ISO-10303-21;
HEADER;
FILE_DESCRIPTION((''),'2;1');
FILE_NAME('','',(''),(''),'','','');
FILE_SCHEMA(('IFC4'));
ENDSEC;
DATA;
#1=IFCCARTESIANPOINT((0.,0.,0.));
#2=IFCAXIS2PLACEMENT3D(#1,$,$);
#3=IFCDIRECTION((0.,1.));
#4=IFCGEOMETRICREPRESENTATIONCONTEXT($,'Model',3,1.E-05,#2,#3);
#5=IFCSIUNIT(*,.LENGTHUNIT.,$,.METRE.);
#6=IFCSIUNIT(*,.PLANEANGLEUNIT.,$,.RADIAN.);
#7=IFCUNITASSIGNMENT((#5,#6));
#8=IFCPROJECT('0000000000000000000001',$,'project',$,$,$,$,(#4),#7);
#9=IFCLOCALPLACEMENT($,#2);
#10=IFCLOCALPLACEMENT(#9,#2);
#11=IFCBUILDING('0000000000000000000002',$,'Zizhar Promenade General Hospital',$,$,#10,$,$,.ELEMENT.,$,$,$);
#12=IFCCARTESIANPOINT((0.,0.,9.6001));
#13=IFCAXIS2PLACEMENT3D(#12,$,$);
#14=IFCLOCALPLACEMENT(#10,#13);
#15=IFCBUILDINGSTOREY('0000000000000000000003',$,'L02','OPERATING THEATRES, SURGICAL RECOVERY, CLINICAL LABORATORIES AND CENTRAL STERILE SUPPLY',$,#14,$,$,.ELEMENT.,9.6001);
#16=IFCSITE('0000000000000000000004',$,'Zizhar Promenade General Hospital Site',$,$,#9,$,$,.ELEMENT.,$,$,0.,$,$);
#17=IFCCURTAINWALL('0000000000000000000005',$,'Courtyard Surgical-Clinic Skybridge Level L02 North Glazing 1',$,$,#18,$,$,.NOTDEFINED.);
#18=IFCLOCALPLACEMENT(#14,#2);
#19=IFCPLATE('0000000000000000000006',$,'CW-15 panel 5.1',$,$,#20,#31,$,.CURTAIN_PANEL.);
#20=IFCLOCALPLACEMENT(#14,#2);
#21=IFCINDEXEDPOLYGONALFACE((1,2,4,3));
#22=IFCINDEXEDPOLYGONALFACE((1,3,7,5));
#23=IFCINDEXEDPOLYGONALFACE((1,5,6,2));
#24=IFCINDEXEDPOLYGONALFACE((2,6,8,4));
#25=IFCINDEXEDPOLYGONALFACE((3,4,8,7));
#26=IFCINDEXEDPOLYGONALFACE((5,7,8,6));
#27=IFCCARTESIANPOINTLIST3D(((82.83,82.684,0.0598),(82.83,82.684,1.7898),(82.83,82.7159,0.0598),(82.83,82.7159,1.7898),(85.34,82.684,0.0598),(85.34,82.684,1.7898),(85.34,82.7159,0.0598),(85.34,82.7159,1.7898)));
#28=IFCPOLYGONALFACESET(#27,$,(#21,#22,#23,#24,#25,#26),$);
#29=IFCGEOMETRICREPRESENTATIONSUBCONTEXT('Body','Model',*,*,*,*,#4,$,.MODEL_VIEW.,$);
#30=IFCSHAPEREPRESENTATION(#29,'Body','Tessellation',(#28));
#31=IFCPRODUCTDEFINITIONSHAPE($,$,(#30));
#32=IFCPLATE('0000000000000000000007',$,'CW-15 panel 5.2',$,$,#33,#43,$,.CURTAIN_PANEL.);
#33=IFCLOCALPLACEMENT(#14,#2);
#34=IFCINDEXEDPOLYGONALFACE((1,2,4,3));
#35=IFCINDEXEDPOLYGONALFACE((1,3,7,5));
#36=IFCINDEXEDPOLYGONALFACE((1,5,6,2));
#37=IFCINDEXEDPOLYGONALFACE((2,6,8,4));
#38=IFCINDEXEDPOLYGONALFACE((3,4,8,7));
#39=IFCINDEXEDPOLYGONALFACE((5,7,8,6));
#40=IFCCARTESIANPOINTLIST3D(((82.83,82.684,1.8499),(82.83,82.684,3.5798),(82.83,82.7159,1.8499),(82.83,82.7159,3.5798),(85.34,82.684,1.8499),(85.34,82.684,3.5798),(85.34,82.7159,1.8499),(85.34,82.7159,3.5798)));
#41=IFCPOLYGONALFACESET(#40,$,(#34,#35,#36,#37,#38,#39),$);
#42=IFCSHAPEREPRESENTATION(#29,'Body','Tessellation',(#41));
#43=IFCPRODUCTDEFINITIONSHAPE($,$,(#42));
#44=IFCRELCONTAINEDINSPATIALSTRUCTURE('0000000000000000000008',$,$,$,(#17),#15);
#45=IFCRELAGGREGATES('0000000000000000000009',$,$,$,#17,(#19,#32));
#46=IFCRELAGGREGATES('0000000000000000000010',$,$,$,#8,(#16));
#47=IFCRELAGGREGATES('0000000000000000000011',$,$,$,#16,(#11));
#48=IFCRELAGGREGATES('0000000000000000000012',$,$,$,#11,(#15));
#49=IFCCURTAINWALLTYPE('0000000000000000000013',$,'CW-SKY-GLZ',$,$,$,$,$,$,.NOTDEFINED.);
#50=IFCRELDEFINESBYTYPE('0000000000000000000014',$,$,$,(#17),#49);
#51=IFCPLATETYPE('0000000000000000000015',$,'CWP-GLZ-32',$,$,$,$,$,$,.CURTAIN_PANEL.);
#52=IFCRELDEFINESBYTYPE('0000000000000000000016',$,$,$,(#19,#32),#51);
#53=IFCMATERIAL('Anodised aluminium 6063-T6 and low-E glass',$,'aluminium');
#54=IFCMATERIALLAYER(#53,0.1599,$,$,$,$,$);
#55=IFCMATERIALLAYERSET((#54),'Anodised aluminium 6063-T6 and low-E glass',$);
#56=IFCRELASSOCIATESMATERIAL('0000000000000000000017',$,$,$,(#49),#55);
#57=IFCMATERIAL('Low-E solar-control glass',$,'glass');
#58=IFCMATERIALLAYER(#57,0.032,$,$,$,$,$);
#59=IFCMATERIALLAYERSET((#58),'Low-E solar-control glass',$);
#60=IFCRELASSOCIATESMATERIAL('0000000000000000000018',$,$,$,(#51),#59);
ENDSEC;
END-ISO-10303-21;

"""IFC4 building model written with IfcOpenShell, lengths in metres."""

from ifc_helpers import new_model, si_unit, direction, frame, origin, origin_2d, place, context, subcontext, project, spatial, rectangle, extrude, material, layer, layer_set, type_object, element, aggregate, save


model = new_model("IFC4")

# Units and contexts
model_context = context("Model", 3, precision=1e-05, world=origin(), true_north=direction((0.0, 1.0)))
body_context = subcontext(model_context, "Body", "Model", "MODEL_VIEW")
ifc_project = project(units=[si_unit("LENGTHUNIT", "METRE"), si_unit("PLANEANGLEUNIT", "RADIAN")], contexts=[model_context])

# Site, building, storey
site_placement = place(None, origin())
site = spatial("IfcSite", under=ifc_project, at=site_placement, Name="Zizhar Promenade General Hospital Site", CompositionType="ELEMENT", RefElevation=0.0)
building_placement = place(site_placement, origin())
building = spatial("IfcBuilding", under=site, at=building_placement, Name="Zizhar Promenade General Hospital", CompositionType="ELEMENT")
storey_placement = place(building_placement, frame((0.0, 0.0, 9.6001)))
storey = spatial("IfcBuildingStorey", under=building, at=storey_placement, Name="L02", Description="OPERATING THEATRES, SURGICAL RECOVERY, CLINICAL LABORATORIES AND CENTRAL STERILE SUPPLY", CompositionType="ELEMENT", Elevation=9.6001)

# Curtain wall
ifc_material_1 = material(Name="Anodised aluminium 6063-T6 and low-E glass", Category="aluminium")
ifc_layer_1 = layer(ifc_material_1, 0.1599)
ifc_layer_set_1 = layer_set([ifc_layer_1], Name="Anodised aluminium 6063-T6 and low-E glass")
curtain_wall_type_1 = type_object("IfcCurtainWallType", Name="CW-SKY-GLZ", PredefinedType="NOTDEFINED", material=ifc_layer_set_1)
curtain_wall_1_placement = place(storey_placement, origin())
curtain_wall_1 = element("IfcCurtainWall", 1, at=curtain_wall_1_placement, inside=storey, type_object=curtain_wall_type_1, Name="Courtyard Surgical-Clinic Skybridge Level L02 North Glazing 1", PredefinedType="NOTDEFINED")

# Plates
ifc_material_2 = material(Name="Low-E solar-control glass", Category="glass")
ifc_layer_2 = layer(ifc_material_2, 0.032)
ifc_layer_set_2 = layer_set([ifc_layer_2], Name="Low-E solar-control glass")
plate_type = type_object("IfcPlateType", Name="CWP-GLZ-32", PredefinedType="CURTAIN_PANEL", material=ifc_layer_set_2)
plate_1_placement = place(storey_placement, frame((84.085, 82.7, 0.0598), z_axis=(0.0, 0.0, 1.0), x_axis=(1.0, 0.0, 0.0)))
plate_1 = element("IfcPlate", 2, at=plate_1_placement, type_object=plate_type, Name="CW-15 panel 5.1", PredefinedType="CURTAIN_PANEL", context=body_context, shape_type="SweptSolid", body=[
    extrude(rectangle(XDim=2.51, YDim=0.032, at=origin_2d()), origin(), (0.0, 0.0, 1.0), 1.73),
])
plate_2_placement = place(storey_placement, frame((84.085, 82.7, 1.8499), z_axis=(0.0, 0.0, 1.0), x_axis=(1.0, 0.0, 0.0)))
plate_2 = element("IfcPlate", 3, at=plate_2_placement, type_object=plate_type, Name="CW-15 panel 5.2", PredefinedType="CURTAIN_PANEL", context=body_context, shape_type="SweptSolid", body=[
    extrude(rectangle(XDim=2.51, YDim=0.032, at=origin_2d()), origin(), (0.0, 0.0, 1.0), 1.73),
])
aggregate(curtain_wall_1, [plate_1, plate_2])

save(model, "model.ifc")
